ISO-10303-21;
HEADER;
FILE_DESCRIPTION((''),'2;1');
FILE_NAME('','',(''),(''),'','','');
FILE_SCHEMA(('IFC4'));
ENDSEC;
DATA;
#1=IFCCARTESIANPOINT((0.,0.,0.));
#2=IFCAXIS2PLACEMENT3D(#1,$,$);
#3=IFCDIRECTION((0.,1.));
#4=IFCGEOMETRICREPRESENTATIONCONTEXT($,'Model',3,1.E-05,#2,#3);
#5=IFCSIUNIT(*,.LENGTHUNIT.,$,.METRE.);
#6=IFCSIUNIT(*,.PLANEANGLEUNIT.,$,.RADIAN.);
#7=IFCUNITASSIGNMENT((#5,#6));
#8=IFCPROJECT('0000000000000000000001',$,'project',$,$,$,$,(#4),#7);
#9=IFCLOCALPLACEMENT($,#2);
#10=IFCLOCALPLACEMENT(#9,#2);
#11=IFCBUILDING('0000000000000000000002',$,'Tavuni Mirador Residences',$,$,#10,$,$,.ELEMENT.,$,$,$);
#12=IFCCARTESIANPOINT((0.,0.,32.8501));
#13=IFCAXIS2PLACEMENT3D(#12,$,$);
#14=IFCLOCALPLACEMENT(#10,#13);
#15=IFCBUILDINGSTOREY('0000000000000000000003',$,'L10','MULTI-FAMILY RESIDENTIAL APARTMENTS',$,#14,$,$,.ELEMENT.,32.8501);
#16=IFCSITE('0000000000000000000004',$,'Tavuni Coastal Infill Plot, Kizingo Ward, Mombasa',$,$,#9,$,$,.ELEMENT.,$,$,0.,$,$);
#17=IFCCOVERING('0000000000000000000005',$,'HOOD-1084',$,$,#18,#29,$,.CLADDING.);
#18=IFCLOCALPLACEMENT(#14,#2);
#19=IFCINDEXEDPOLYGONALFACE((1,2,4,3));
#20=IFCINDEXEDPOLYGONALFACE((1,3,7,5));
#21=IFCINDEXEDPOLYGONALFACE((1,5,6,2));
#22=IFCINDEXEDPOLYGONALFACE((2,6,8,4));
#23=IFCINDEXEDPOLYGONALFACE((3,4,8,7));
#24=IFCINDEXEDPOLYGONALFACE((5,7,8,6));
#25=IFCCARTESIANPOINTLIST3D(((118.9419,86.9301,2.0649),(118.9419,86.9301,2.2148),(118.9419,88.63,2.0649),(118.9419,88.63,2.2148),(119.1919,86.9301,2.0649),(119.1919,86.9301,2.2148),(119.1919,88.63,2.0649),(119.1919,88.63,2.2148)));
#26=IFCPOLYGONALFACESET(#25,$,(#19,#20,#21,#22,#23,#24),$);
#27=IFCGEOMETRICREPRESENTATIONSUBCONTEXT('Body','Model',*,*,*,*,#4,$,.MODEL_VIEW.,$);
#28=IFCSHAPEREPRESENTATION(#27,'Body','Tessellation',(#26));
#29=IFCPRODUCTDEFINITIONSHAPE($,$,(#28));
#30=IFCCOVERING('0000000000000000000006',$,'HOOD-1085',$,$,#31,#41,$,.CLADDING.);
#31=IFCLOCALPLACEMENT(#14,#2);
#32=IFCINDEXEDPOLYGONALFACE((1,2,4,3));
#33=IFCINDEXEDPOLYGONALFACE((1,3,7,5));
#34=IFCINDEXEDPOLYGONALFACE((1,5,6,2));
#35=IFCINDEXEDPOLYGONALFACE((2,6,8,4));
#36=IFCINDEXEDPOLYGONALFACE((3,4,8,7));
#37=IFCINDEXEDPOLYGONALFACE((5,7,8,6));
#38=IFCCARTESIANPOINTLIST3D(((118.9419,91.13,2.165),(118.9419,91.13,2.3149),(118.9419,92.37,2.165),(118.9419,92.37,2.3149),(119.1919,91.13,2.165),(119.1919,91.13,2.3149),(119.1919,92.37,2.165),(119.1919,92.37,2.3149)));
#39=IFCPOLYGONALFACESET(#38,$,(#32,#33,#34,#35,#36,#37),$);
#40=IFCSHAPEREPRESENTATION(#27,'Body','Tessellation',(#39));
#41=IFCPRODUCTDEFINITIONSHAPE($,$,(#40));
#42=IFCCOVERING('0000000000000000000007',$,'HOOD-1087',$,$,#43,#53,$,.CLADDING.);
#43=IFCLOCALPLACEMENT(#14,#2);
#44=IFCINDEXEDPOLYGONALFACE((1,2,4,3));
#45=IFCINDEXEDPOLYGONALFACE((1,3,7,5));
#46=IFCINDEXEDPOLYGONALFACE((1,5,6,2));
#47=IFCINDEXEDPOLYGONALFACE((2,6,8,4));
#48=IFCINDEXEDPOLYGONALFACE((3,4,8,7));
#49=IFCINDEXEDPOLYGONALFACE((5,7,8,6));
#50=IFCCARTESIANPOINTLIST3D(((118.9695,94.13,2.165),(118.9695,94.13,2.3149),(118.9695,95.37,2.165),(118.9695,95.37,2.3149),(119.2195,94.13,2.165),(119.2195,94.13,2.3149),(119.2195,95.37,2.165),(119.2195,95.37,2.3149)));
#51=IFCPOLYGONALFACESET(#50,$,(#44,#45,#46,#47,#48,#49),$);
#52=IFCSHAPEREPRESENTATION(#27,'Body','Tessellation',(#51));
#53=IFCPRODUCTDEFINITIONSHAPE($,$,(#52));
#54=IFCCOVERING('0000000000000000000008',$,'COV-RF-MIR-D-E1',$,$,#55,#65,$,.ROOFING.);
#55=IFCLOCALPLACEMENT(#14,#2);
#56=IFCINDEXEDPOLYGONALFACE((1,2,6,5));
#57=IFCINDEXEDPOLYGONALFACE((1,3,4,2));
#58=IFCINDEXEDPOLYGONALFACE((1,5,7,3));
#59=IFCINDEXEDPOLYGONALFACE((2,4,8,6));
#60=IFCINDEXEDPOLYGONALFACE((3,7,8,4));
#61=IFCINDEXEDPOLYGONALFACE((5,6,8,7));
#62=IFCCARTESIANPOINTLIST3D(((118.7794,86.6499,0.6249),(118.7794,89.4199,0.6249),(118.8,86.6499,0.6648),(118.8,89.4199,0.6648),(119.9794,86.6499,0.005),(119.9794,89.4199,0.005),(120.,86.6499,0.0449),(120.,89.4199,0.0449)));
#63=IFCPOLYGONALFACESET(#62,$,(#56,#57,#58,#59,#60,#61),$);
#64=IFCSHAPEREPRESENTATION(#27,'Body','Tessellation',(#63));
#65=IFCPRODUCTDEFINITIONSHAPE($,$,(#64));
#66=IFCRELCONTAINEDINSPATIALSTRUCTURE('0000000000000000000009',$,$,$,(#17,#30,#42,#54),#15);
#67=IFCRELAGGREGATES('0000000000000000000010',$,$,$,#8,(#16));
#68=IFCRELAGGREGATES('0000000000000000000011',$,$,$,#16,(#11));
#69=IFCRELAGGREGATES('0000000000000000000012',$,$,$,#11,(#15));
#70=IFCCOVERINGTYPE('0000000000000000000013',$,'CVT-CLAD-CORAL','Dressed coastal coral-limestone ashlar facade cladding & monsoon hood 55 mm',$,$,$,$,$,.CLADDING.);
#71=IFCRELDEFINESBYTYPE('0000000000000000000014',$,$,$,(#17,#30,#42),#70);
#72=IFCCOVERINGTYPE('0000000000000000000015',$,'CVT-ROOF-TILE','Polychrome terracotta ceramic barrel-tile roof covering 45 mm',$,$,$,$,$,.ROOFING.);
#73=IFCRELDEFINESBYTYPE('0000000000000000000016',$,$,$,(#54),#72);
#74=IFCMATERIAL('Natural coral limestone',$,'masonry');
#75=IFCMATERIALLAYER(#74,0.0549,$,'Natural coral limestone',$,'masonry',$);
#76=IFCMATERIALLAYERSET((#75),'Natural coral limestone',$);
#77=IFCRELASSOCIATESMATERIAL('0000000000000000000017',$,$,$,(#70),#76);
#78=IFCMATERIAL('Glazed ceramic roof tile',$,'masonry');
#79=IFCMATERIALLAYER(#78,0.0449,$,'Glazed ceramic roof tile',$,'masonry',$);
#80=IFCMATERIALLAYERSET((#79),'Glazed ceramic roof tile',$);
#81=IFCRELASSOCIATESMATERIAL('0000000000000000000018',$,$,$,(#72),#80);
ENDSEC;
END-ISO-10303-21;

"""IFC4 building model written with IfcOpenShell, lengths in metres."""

from ifc_helpers import new_model, si_unit, direction, frame, origin, origin_2d, place, context, subcontext, project, spatial, polyline, rectangle, outline, extrude, material, layer, layer_set, type_object, element, save


model = new_model("IFC4")

# Units and contexts
model_context = context("Model", 3, precision=1e-05, world=origin(), true_north=direction((0.0, 1.0)))
body_context = subcontext(model_context, "Body", "Model", "MODEL_VIEW")
ifc_project = project(units=[si_unit("LENGTHUNIT", "METRE"), si_unit("PLANEANGLEUNIT", "RADIAN")], contexts=[model_context])

# Site, building, storey
site_placement = place(None, origin())
site = spatial("IfcSite", under=ifc_project, at=site_placement, Name="Tavuni Coastal Infill Plot, Kizingo Ward, Mombasa", CompositionType="ELEMENT", RefElevation=0.0)
building_placement = place(site_placement, origin())
building = spatial("IfcBuilding", under=site, at=building_placement, Name="Tavuni Mirador Residences", CompositionType="ELEMENT")
storey_placement = place(building_placement, frame((0.0, 0.0, 32.8501)))
storey = spatial("IfcBuildingStorey", under=building, at=storey_placement, Name="L10", Description="MULTI-FAMILY RESIDENTIAL APARTMENTS", CompositionType="ELEMENT", Elevation=32.8501)

# Coverings
ifc_material_1 = material(Name="Natural coral limestone", Category="masonry")
ifc_layer_1 = layer(ifc_material_1, 0.0549, Name="Natural coral limestone", Category="masonry")
ifc_layer_set_1 = layer_set([ifc_layer_1], Name="Natural coral limestone")
covering_type_1 = type_object("IfcCoveringType", Name="CVT-CLAD-CORAL", Description="Dressed coastal coral-limestone ashlar facade cladding & monsoon hood 55 mm", PredefinedType="CLADDING", material=ifc_layer_set_1)
covering_1_placement = place(storey_placement, frame((119.0669, 87.78, 2.0649), z_axis=(0.0, 0.0, 1.0), x_axis=(0.0, 1.0, 0.0)))
element("IfcCovering", 1, at=covering_1_placement, inside=storey, type_object=covering_type_1, Name="HOOD-1084", PredefinedType="CLADDING", context=body_context, shape_type="SweptSolid", body=[
    extrude(rectangle(XDim=1.7, YDim=0.25, at=origin_2d()), origin(), (0.0, 0.0, 1.0), 0.1499),
])
for number, where, z_axis, x_axis, name in (
    (2, (119.0669, 91.75, 2.165), (0.0, 0.0, 1.0), (0.0, 1.0, 0.0), "HOOD-1085"),
    (3, (119.0945, 94.75, 2.165), (0.0, 0.0, 1.0), (0.0, 1.0, 0.0), "HOOD-1087"),
):
    element("IfcCovering", number, at=place(storey_placement, frame(where, z_axis=z_axis, x_axis=x_axis)), inside=storey, type_object=covering_type_1, Name=name, PredefinedType="CLADDING", context=body_context, shape_type="SweptSolid", body=[
        extrude(rectangle(XDim=1.24, YDim=0.25, at=origin_2d()), origin(), (0.0, 0.0, 1.0), 0.1499),
    ])
ifc_material_2 = material(Name="Glazed ceramic roof tile", Category="masonry")
ifc_layer_2 = layer(ifc_material_2, 0.0449, Name="Glazed ceramic roof tile", Category="masonry")
ifc_layer_set_2 = layer_set([ifc_layer_2], Name="Glazed ceramic roof tile")
covering_type_2 = type_object("IfcCoveringType", Name="CVT-ROOF-TILE", Description="Polychrome terracotta ceramic barrel-tile roof covering 45 mm", PredefinedType="ROOFING", material=ifc_layer_set_2)
covering_2_placement = place(storey_placement, frame((118.8, 86.6499, 0.6648), z_axis=(0.458961, 0.0, 0.888457), x_axis=(0.0, 1.0, 0.0)))
element("IfcCovering", 4, at=covering_2_placement, inside=storey, type_object=covering_type_2, Name="COV-RF-MIR-D-E1", PredefinedType="ROOFING", context=body_context, shape_type="SweptSolid", body=[
    extrude(outline(polyline([(0.0, 0.0), (2.77, 0.0), (2.77, -1.3506), (0.0, -1.3506), (0.0, 0.0)])), origin(), (0.0, 0.0, -1.0), 0.0449),
])

save(model, "model.ifc")
